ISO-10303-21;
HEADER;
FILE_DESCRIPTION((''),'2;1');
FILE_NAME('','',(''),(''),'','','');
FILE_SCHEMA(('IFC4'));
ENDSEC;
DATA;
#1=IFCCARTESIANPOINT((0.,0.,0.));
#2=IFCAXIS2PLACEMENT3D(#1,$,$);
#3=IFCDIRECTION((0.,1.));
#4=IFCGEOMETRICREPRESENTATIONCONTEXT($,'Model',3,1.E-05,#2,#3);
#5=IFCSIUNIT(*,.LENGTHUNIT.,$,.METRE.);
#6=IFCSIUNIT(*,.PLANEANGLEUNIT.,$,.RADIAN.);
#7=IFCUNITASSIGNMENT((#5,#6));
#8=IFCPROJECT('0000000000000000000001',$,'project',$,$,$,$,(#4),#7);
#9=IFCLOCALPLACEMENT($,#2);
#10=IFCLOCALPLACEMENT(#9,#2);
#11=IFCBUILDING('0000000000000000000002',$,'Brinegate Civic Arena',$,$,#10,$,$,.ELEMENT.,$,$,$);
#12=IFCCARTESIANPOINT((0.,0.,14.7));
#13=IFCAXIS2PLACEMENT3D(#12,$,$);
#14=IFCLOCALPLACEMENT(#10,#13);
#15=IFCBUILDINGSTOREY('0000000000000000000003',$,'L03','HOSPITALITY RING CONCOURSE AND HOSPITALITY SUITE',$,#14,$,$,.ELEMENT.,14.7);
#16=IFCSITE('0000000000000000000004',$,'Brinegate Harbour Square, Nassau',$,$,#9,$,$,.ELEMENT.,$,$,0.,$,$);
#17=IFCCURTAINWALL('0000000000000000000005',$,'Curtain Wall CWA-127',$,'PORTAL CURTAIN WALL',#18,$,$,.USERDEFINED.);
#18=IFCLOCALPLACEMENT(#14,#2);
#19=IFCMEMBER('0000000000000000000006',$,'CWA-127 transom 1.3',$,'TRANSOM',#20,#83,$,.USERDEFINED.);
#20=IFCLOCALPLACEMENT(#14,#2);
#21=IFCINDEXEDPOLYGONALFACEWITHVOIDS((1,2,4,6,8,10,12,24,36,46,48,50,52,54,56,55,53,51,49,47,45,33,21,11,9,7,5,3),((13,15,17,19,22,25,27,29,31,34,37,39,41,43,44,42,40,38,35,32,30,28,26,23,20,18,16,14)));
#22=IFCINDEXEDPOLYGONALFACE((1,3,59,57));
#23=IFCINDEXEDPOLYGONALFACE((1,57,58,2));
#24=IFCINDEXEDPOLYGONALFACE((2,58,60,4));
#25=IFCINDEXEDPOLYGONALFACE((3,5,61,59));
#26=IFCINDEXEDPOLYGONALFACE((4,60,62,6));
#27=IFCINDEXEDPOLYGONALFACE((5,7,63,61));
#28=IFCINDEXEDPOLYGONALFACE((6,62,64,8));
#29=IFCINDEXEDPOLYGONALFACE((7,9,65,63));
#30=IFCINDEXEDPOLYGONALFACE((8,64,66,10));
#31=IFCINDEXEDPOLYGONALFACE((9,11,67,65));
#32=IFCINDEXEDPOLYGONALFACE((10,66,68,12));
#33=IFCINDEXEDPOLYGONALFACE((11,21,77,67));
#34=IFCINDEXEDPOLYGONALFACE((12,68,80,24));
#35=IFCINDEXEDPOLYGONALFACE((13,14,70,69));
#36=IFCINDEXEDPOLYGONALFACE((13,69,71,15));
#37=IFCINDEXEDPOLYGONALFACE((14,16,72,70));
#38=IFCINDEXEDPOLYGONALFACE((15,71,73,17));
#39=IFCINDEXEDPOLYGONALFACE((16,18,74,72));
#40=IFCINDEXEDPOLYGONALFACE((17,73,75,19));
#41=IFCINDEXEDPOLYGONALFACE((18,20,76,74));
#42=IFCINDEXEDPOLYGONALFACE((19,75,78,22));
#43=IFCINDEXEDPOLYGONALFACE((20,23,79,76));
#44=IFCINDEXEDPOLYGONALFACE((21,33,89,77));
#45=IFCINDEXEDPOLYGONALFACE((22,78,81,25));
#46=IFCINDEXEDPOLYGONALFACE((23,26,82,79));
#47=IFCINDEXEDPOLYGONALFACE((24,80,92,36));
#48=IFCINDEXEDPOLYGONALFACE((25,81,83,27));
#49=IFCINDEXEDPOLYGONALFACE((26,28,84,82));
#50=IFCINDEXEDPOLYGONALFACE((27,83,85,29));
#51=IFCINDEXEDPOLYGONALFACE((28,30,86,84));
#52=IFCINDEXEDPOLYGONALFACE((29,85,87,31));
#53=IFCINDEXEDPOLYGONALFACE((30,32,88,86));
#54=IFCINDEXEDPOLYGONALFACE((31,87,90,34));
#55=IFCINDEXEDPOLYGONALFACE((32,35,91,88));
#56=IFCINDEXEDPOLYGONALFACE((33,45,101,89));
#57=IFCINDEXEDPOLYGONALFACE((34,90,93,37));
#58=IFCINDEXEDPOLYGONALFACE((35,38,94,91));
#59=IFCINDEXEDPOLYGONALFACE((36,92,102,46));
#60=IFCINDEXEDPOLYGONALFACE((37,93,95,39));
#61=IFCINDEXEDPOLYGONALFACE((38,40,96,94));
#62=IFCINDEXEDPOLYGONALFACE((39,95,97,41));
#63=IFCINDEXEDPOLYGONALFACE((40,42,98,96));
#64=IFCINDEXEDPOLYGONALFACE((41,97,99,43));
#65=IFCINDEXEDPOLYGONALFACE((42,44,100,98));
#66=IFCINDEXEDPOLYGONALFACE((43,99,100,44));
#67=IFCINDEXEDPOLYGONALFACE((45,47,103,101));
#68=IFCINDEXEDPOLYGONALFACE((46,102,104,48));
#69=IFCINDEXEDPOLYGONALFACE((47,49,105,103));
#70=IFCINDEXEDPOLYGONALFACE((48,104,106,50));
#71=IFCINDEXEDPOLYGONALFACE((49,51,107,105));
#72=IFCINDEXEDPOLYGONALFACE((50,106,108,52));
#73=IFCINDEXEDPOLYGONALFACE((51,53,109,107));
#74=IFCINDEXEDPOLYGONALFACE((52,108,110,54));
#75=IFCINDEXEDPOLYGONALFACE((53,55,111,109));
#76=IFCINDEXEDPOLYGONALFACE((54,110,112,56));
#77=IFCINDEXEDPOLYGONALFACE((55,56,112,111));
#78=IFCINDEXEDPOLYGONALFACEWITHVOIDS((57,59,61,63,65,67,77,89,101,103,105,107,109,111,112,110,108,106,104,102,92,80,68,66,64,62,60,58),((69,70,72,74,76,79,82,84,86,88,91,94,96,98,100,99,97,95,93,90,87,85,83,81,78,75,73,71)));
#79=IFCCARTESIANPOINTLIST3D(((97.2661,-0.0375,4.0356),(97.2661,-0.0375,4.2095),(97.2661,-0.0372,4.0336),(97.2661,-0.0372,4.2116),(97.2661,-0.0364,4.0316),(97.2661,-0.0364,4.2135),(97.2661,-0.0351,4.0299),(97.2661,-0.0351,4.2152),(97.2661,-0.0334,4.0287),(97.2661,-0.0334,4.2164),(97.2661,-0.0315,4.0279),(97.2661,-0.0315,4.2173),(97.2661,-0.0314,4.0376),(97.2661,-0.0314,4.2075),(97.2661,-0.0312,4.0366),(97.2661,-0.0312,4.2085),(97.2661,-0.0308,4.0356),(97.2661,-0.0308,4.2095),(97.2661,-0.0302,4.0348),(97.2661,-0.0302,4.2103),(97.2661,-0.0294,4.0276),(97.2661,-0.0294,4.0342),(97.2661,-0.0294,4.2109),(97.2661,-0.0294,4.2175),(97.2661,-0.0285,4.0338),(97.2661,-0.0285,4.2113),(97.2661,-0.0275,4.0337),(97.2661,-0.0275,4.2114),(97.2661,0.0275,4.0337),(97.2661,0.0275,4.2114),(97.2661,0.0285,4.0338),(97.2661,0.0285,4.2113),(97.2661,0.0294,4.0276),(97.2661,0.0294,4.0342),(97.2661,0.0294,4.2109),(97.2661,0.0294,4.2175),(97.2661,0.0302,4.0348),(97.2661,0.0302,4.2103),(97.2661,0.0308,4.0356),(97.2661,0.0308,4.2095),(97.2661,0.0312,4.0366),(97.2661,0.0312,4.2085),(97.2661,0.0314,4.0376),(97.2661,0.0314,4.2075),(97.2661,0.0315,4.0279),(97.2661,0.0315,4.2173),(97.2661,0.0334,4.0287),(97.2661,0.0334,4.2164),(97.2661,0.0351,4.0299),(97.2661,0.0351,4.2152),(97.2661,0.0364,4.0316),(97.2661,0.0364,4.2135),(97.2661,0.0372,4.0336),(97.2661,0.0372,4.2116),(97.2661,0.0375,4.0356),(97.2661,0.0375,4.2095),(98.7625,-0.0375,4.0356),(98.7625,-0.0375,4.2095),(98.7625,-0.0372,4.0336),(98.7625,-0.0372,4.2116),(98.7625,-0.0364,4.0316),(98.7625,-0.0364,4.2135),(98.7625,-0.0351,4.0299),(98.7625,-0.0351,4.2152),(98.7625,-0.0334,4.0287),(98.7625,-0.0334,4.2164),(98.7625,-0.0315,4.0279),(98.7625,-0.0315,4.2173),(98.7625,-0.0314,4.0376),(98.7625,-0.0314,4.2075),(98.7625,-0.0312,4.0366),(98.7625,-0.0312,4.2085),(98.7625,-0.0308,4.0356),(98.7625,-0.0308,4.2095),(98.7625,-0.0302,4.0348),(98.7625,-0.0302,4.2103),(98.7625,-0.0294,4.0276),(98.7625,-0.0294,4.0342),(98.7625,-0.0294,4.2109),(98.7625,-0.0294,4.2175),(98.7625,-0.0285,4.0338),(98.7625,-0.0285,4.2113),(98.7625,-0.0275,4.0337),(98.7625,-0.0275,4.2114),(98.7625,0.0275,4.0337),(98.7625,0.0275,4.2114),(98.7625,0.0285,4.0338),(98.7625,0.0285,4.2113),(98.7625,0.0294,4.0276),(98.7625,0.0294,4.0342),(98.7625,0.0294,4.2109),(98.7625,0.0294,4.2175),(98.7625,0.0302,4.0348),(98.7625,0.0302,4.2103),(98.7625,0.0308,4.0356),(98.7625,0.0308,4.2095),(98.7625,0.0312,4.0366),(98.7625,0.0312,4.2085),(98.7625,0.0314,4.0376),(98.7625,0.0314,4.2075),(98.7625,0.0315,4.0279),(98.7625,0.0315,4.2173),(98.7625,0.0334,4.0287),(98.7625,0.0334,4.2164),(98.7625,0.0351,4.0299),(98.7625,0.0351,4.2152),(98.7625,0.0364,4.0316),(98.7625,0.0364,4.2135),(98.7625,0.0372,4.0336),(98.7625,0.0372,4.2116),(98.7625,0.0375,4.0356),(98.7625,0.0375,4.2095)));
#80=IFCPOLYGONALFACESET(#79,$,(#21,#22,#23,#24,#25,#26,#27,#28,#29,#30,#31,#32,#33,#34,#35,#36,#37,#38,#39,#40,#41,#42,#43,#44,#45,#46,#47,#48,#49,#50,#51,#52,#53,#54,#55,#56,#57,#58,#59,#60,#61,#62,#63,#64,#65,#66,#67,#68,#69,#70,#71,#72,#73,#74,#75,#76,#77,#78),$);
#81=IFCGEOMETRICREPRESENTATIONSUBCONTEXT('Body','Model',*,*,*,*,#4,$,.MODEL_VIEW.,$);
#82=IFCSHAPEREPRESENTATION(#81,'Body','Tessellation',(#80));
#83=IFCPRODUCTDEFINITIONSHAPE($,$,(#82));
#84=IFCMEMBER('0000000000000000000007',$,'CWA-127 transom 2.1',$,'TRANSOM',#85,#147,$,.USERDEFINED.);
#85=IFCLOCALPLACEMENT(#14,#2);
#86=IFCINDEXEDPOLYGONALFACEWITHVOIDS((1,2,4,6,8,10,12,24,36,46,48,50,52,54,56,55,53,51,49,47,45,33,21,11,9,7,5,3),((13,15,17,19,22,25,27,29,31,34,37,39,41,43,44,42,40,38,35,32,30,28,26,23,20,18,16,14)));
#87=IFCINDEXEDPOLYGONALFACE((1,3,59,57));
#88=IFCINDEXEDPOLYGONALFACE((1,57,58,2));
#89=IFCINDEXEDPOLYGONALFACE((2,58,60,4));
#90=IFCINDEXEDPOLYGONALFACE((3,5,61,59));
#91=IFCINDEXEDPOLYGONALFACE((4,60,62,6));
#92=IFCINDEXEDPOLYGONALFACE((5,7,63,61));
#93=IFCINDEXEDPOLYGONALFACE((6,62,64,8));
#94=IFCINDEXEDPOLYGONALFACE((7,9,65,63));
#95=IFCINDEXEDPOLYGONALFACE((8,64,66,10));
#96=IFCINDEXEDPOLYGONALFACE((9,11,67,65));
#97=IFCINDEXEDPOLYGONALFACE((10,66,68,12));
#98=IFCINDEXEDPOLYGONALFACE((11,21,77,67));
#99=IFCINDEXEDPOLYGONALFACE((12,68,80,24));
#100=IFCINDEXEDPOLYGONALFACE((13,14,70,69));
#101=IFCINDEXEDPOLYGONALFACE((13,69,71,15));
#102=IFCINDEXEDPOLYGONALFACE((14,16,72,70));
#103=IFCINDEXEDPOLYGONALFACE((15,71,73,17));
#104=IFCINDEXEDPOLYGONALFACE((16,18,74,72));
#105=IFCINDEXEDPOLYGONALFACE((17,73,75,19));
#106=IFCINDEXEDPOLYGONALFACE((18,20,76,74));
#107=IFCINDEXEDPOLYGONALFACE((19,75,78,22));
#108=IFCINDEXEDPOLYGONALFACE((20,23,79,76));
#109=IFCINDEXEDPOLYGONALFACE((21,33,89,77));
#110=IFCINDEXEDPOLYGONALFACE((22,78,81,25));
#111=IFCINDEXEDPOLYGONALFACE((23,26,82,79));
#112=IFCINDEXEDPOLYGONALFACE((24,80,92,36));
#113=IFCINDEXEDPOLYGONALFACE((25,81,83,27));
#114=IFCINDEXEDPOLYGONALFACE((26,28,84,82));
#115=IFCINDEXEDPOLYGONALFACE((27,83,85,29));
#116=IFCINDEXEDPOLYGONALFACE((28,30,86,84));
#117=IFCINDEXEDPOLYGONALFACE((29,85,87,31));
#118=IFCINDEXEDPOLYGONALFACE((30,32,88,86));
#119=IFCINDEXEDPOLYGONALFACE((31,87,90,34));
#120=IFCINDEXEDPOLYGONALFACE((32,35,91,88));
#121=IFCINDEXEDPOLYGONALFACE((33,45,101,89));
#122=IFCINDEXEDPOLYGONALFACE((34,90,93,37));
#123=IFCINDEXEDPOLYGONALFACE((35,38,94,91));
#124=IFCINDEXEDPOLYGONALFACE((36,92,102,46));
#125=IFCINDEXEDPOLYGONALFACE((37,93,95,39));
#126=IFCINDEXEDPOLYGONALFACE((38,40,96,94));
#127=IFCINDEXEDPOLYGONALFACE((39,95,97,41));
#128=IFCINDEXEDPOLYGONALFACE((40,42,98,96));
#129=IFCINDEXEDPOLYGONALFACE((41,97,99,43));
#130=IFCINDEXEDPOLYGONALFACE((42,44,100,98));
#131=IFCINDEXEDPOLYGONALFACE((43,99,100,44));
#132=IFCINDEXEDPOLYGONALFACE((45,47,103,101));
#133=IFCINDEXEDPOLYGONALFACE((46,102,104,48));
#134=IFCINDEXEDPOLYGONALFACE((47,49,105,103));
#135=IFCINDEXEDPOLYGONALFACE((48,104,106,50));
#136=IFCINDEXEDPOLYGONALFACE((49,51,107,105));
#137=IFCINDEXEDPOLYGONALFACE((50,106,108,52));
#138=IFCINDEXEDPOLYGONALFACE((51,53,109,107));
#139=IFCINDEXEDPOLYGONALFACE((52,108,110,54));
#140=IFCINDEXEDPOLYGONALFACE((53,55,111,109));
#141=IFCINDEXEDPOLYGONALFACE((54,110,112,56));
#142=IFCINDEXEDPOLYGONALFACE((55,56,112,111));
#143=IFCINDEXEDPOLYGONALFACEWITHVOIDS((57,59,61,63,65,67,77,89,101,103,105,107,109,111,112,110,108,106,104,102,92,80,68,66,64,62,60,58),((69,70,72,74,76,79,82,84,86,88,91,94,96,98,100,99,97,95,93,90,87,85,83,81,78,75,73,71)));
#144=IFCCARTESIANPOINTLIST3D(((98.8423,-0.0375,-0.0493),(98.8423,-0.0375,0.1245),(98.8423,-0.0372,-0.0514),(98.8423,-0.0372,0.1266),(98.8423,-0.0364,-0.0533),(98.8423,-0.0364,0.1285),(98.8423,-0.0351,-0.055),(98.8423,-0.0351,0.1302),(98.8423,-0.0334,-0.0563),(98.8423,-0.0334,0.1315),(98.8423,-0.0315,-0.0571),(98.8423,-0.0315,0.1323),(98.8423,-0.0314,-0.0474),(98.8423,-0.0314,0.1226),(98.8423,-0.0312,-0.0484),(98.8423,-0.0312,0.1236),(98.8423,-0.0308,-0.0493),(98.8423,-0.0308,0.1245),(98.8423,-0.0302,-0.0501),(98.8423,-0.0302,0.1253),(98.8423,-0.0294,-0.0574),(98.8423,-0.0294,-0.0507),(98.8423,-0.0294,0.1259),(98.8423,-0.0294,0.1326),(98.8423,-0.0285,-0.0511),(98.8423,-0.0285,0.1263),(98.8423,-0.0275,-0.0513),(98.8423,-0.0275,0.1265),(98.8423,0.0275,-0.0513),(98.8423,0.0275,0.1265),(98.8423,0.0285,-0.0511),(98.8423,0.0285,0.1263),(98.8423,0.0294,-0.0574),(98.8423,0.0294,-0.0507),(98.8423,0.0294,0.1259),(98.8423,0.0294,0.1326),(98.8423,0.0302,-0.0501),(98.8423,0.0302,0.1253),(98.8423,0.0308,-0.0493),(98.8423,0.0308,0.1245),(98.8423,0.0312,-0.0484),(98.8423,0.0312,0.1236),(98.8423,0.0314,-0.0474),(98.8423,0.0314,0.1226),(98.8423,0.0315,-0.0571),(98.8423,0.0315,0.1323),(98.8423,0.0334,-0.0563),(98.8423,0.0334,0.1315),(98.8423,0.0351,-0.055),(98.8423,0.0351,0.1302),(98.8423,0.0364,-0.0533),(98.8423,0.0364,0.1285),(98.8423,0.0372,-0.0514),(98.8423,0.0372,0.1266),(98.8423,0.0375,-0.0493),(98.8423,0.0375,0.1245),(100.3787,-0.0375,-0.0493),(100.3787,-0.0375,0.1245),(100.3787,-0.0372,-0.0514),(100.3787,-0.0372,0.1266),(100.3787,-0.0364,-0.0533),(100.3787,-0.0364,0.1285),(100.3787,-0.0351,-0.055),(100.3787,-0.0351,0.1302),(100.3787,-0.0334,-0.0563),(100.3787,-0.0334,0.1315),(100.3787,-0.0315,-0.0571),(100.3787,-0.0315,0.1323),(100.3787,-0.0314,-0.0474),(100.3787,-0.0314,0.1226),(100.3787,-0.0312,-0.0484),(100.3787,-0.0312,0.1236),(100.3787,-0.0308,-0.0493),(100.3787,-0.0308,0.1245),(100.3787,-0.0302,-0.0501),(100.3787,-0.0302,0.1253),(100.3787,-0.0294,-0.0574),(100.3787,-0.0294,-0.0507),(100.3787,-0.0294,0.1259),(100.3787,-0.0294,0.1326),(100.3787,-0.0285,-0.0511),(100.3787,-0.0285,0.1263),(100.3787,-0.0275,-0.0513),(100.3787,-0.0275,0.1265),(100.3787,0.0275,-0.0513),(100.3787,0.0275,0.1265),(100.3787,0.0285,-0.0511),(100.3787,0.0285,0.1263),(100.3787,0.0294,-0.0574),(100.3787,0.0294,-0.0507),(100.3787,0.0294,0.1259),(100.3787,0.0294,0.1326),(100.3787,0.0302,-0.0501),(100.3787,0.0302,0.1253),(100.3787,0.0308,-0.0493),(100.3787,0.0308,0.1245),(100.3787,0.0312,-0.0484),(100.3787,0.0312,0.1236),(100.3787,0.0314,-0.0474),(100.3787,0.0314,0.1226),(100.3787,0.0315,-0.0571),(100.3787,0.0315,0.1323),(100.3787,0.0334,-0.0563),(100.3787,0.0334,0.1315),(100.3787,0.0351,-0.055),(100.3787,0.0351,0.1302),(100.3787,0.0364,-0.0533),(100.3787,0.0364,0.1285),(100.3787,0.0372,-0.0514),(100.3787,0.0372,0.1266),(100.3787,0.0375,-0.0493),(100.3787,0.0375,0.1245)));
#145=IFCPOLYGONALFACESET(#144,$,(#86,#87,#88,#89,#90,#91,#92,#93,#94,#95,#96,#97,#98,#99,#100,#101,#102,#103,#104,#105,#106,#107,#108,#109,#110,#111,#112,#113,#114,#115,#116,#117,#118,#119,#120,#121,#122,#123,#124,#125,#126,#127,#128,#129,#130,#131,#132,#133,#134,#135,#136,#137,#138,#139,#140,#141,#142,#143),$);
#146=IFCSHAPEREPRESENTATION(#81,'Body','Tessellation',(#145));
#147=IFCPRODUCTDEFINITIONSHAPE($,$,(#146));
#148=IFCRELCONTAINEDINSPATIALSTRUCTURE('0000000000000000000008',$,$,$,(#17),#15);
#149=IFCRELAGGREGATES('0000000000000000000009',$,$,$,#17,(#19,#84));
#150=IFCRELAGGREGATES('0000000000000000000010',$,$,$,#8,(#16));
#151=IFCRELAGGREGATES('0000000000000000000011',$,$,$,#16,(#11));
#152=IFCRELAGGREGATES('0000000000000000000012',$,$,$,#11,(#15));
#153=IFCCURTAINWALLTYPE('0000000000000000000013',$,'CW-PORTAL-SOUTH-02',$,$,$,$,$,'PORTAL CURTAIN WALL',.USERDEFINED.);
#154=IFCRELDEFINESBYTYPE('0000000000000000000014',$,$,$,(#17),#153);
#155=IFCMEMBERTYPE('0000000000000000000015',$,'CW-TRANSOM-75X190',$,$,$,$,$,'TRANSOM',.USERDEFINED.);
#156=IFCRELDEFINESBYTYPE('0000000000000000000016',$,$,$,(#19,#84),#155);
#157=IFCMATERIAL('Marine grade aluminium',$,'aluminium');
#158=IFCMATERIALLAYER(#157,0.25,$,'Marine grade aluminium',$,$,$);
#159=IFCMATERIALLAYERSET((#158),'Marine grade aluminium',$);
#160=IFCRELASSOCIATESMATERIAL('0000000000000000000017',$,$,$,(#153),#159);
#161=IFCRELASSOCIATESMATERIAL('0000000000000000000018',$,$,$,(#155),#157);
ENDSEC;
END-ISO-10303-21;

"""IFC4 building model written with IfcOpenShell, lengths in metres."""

from ifc_helpers import new_model, si_unit, direction, frame, origin, origin_2d, place, context, subcontext, project, spatial, hollow_rectangle, extrude, material, layer, layer_set, material_profile, profile_set, type_object, element, aggregate, save


model = new_model("IFC4")

# Units and contexts
model_context = context("Model", 3, precision=1e-05, world=origin(), true_north=direction((0.0, 1.0)))
body_context = subcontext(model_context, "Body", "Model", "MODEL_VIEW")
ifc_project = project(units=[si_unit("LENGTHUNIT", "METRE"), si_unit("PLANEANGLEUNIT", "RADIAN")], contexts=[model_context])

# Site, building, storey
site_placement = place(None, origin())
site = spatial("IfcSite", under=ifc_project, at=site_placement, Name="Brinegate Harbour Square, Nassau", CompositionType="ELEMENT", RefElevation=0.0)
building_placement = place(site_placement, origin())
building = spatial("IfcBuilding", under=site, at=building_placement, Name="Brinegate Civic Arena", CompositionType="ELEMENT")
storey_placement = place(building_placement, frame((0.0, 0.0, 14.7)))
storey = spatial("IfcBuildingStorey", under=building, at=storey_placement, Name="L03", Description="HOSPITALITY RING CONCOURSE AND HOSPITALITY SUITE", CompositionType="ELEMENT", Elevation=14.7)

# Curtain wall, members
ifc_material_1 = material(Name="Marine grade aluminium", Category="aluminium")
ifc_layer_1 = layer(ifc_material_1, 0.25, Name="Marine grade aluminium")
ifc_layer_set_1 = layer_set([ifc_layer_1], Name="Marine grade aluminium")
curtain_wall_type = type_object("IfcCurtainWallType", Name="CW-PORTAL-SOUTH-02", ElementType="PORTAL CURTAIN WALL", PredefinedType="USERDEFINED", material=ifc_layer_set_1)
curtain_wall_placement = place(storey_placement, origin())
curtain_wall = element("IfcCurtainWall", 1, at=curtain_wall_placement, inside=storey, type_object=curtain_wall_type, Name="Curtain Wall CWA-127", ObjectType="PORTAL CURTAIN WALL", PredefinedType="USERDEFINED")
ifc_material_profile_1 = material_profile(ifc_material_1, hollow_rectangle(XDim=0.075, YDim=0.1899, WallThickness=0.0061, InnerFilletRadius=0.0039, OuterFilletRadius=0.0081, at=origin_2d()), Name="TRN75X190")
ifc_profile_set_1 = profile_set([ifc_material_profile_1], Name="Marine grade aluminium")
member_type_1 = type_object("IfcMemberType", Name="CW-TRANSOM-75X190", ElementType="TRANSOM", PredefinedType="USERDEFINED", material=ifc_profile_set_1)
member_1_placement = place(storey_placement, frame((97.2661, 0.0, 4.1226), z_axis=(1.0, 0.0, 0.0), x_axis=(0.0, 1.0, 0.0)))
member_1 = element("IfcMember", 2, at=member_1_placement, type_object=member_type_1, Name="CWA-127 transom 1.3", ObjectType="TRANSOM", PredefinedType="USERDEFINED", context=body_context, shape_type="SweptSolid", body=[
    extrude(hollow_rectangle(XDim=0.075, YDim=0.1899, WallThickness=0.0061, InnerFilletRadius=0.0039, OuterFilletRadius=0.0081, at=origin_2d()), origin(), (0.0, 0.0, 1.0), 1.4963),
])
member_2_placement = place(storey_placement, frame((98.8423, 0.0, 0.0376), z_axis=(1.0, 0.0, 0.0), x_axis=(0.0, 1.0, 0.0)))
member_2 = element("IfcMember", 3, at=member_2_placement, type_object=member_type_1, Name="CWA-127 transom 2.1", ObjectType="TRANSOM", PredefinedType="USERDEFINED", context=body_context, shape_type="SweptSolid", body=[
    extrude(hollow_rectangle(XDim=0.075, YDim=0.1899, WallThickness=0.0061, InnerFilletRadius=0.0039, OuterFilletRadius=0.0081, at=origin_2d()), origin(), (0.0, 0.0, 1.0), 1.5364),
])
aggregate(curtain_wall, [member_1, member_2])

save(model, "model.ifc")
